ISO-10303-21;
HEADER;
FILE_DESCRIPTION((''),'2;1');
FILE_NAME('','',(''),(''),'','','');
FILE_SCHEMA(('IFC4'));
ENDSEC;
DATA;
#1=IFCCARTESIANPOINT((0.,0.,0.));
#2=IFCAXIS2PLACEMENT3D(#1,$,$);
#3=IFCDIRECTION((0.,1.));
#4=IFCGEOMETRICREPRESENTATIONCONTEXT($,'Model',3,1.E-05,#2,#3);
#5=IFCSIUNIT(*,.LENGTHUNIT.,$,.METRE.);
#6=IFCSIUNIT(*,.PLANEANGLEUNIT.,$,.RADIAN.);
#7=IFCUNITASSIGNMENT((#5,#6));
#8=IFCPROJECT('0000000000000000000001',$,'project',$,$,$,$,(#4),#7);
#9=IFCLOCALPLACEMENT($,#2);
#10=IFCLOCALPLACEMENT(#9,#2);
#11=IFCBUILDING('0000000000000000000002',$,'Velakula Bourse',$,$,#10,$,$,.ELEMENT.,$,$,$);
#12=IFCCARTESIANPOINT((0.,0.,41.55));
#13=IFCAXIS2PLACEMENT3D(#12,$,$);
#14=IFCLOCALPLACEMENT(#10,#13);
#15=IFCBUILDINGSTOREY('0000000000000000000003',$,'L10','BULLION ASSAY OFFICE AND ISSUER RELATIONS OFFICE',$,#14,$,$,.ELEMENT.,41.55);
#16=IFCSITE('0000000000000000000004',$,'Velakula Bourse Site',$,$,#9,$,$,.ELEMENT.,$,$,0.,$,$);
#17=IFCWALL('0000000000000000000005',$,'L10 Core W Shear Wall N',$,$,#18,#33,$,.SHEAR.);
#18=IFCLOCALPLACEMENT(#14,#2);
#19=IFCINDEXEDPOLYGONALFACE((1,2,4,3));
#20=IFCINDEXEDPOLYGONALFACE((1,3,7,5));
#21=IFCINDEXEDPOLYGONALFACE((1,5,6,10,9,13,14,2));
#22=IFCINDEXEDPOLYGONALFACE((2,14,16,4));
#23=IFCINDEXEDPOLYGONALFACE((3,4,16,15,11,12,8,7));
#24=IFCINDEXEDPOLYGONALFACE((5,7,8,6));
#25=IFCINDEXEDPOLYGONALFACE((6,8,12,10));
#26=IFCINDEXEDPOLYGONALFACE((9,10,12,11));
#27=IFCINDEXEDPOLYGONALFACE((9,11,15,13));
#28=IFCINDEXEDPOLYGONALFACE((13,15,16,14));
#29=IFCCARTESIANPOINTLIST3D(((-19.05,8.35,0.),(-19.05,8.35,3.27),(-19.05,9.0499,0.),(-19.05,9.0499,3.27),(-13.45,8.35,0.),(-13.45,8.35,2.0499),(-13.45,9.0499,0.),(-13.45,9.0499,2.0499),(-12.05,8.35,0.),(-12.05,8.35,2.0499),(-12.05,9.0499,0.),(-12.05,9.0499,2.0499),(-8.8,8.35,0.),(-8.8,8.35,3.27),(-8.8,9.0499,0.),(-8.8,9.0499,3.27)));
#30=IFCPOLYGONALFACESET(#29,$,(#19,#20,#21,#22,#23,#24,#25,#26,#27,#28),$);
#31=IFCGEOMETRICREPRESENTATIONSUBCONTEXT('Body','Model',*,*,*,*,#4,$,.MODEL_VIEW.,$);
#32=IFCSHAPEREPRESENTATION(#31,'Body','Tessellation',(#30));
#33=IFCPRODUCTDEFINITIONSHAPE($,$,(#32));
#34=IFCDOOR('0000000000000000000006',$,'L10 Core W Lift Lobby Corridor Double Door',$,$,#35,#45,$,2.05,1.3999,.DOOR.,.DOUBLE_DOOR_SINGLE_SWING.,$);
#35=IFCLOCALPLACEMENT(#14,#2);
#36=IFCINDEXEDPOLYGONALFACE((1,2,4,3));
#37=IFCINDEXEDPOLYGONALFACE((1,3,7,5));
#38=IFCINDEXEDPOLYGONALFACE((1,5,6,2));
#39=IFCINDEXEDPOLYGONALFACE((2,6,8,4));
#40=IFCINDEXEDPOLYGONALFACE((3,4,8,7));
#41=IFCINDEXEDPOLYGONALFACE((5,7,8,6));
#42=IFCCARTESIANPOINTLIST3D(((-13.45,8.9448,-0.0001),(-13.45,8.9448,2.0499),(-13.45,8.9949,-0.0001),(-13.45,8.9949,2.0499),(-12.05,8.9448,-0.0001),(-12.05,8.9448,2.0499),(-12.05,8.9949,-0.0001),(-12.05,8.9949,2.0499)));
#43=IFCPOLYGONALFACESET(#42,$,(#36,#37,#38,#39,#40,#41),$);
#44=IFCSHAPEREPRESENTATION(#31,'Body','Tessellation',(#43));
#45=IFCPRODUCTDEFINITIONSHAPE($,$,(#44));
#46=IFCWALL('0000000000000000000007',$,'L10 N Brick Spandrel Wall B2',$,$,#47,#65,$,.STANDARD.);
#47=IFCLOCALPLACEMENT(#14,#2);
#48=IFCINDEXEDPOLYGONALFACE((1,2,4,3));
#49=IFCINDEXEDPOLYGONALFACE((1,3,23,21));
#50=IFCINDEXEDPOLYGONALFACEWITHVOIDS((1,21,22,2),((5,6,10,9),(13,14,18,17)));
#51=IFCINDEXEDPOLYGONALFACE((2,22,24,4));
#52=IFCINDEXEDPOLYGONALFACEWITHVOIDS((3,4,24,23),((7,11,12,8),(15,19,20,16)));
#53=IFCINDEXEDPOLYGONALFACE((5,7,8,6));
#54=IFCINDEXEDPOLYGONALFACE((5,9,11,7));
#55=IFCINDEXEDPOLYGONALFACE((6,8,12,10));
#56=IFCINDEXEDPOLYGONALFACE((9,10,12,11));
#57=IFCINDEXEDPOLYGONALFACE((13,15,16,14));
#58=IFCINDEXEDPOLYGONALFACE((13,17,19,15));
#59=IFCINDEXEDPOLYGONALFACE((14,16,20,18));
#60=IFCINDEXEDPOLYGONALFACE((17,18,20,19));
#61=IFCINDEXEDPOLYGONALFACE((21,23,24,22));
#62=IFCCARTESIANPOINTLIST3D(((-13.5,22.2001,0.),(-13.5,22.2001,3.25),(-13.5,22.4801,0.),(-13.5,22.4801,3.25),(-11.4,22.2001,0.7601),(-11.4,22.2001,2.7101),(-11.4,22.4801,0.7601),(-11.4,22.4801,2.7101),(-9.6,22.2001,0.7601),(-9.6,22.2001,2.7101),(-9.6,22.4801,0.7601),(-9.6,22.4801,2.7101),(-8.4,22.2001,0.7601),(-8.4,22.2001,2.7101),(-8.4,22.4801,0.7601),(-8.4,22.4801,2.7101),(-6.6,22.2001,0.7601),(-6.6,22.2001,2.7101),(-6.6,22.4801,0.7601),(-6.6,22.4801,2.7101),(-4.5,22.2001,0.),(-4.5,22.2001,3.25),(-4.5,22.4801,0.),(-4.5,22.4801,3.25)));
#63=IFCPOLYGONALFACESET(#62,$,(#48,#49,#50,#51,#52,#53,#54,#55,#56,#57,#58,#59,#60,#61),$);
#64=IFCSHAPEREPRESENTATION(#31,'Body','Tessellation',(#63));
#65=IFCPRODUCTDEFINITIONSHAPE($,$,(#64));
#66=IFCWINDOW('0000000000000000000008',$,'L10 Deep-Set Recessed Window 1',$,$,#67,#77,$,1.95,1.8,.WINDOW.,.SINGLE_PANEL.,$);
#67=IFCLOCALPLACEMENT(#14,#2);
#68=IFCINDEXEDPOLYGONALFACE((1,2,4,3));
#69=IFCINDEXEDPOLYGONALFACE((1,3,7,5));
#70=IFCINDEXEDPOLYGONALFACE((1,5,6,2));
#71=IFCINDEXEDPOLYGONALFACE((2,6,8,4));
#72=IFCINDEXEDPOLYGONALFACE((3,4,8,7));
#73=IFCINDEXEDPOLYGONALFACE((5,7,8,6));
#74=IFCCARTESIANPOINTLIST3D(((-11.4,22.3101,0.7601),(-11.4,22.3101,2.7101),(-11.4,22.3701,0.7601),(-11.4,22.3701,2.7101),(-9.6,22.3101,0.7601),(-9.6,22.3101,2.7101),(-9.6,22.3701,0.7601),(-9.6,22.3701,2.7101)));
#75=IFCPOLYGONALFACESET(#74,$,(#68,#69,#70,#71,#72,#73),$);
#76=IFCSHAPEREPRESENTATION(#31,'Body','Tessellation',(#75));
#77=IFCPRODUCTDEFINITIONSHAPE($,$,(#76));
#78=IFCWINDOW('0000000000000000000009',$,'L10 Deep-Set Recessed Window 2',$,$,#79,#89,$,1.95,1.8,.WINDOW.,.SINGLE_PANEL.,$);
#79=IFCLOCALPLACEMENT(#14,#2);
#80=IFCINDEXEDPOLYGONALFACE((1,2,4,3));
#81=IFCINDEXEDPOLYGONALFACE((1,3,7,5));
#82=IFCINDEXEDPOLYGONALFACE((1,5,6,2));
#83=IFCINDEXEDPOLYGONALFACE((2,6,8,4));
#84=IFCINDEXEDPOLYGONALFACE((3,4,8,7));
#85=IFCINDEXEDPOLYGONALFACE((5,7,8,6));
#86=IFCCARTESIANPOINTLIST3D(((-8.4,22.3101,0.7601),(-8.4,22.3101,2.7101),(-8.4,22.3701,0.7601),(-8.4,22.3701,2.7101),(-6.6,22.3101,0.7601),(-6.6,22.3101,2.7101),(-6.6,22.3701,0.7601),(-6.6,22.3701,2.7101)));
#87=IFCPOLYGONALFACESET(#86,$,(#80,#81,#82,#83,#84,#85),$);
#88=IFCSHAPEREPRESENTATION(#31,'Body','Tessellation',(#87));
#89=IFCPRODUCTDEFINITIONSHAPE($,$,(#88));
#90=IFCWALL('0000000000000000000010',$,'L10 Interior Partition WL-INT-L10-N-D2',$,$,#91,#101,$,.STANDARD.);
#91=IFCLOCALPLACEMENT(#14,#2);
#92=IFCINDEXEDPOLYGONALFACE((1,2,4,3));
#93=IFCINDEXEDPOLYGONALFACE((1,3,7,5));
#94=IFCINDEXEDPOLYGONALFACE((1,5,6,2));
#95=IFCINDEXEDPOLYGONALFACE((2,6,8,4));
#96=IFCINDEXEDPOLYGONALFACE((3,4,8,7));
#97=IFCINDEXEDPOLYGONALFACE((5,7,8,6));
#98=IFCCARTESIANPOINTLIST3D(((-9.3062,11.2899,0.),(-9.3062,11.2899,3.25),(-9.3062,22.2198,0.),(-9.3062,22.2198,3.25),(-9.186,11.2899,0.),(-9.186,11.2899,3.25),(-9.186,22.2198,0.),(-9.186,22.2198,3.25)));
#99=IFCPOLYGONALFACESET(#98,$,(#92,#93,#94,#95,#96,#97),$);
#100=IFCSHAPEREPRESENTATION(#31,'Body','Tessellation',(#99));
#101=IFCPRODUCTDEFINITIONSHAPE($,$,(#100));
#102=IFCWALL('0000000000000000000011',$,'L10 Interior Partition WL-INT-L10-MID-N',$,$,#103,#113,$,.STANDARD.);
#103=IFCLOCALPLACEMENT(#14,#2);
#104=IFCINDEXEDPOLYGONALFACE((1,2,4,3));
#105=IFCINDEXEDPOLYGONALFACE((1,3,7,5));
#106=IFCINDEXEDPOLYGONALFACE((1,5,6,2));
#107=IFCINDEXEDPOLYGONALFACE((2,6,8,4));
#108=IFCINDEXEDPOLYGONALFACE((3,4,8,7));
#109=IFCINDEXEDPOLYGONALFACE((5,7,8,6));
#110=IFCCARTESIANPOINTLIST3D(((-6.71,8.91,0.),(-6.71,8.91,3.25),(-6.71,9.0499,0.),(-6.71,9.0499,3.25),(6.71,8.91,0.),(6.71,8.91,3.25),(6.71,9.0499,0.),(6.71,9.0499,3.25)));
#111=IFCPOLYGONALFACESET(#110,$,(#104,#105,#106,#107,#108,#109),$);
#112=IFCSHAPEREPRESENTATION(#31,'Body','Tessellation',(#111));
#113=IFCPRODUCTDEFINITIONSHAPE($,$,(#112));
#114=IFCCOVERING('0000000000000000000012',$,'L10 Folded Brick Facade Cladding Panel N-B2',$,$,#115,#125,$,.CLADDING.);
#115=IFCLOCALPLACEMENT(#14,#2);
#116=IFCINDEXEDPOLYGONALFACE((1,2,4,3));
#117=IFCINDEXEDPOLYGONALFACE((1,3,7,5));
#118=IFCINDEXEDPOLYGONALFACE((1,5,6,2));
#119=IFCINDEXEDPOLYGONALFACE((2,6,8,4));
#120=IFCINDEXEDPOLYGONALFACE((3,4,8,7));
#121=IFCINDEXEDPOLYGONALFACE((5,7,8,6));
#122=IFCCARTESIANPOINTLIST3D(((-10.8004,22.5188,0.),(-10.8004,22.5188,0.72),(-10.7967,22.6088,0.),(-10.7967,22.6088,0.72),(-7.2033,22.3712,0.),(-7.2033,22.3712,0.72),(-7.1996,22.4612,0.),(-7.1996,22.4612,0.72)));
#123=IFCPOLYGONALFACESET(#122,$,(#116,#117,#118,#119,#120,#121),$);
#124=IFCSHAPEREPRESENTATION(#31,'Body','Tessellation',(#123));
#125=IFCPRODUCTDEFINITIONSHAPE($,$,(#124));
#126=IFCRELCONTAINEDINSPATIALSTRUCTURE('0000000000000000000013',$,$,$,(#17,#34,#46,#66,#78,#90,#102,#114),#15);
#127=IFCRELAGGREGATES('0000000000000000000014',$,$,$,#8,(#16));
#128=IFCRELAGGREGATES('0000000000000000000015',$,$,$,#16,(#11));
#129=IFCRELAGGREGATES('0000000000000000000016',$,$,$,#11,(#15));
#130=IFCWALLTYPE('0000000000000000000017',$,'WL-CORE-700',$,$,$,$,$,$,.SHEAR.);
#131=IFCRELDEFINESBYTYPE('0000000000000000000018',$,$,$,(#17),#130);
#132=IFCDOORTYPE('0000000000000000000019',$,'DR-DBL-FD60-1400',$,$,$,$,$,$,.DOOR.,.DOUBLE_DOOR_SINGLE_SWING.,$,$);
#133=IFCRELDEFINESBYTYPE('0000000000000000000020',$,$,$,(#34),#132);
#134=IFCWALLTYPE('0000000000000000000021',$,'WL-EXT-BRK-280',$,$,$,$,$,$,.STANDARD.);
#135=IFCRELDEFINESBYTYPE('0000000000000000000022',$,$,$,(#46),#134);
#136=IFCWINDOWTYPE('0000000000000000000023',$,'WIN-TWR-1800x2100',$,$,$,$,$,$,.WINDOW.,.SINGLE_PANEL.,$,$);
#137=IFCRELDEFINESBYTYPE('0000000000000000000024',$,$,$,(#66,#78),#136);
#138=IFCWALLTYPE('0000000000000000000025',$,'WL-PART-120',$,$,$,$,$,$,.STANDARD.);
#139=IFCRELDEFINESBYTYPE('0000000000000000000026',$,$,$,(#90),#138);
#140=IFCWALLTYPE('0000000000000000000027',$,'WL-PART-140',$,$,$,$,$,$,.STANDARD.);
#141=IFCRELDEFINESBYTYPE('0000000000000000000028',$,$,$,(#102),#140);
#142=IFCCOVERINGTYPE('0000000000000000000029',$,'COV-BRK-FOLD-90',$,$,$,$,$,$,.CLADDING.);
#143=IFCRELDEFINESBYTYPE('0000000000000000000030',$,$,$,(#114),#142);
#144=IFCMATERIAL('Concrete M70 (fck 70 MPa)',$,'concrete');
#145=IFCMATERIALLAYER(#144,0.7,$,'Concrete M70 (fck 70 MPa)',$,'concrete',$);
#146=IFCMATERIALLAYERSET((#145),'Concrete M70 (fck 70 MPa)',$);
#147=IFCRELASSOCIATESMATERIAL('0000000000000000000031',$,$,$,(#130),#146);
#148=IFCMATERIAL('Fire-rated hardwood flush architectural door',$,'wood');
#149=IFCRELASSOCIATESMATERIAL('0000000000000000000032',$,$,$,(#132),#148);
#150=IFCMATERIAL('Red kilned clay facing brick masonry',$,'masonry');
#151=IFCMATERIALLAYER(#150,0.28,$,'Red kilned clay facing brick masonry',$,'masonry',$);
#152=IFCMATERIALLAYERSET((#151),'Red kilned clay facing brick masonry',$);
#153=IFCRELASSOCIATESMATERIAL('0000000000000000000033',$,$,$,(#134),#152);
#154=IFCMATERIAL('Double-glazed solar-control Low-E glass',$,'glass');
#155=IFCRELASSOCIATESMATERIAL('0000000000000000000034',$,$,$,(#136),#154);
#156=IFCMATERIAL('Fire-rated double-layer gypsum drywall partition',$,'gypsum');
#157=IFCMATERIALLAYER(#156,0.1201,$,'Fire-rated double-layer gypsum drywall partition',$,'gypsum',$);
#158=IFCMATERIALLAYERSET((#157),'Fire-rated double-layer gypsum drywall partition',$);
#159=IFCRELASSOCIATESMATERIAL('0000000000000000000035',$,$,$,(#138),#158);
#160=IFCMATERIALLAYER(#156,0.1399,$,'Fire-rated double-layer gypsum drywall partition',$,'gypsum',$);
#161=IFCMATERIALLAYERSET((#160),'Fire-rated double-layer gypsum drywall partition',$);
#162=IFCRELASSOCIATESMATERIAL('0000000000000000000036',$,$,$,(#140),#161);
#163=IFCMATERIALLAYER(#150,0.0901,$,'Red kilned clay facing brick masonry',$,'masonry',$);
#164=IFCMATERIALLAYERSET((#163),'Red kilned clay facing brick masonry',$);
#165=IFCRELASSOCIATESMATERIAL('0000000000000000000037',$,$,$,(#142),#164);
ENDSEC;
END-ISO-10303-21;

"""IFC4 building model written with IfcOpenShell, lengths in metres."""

from ifc_helpers import new_model, si_unit, direction, frame, frame_2d, origin, origin_2d, place, context, subcontext, project, spatial, rectangle, extrude, material, layer, layer_set, type_object, element, fill, save


model = new_model("IFC4")

# Units and contexts
model_context = context("Model", 3, precision=1e-05, world=origin(), true_north=direction((0.0, 1.0)))
body_context = subcontext(model_context, "Body", "Model", "MODEL_VIEW")
ifc_project = project(units=[si_unit("LENGTHUNIT", "METRE"), si_unit("PLANEANGLEUNIT", "RADIAN")], contexts=[model_context])

# Site, building, storey
site_placement = place(None, origin())
site = spatial("IfcSite", under=ifc_project, at=site_placement, Name="Velakula Bourse Site", CompositionType="ELEMENT", RefElevation=0.0)
building_placement = place(site_placement, origin())
building = spatial("IfcBuilding", under=site, at=building_placement, Name="Velakula Bourse", CompositionType="ELEMENT")
storey_placement = place(building_placement, frame((0.0, 0.0, 41.55)))
storey = spatial("IfcBuildingStorey", under=building, at=storey_placement, Name="L10", Description="BULLION ASSAY OFFICE AND ISSUER RELATIONS OFFICE", CompositionType="ELEMENT", Elevation=41.55)

# Wall, opening, door
ifc_material_1 = material(Name="Concrete M70 (fck 70 MPa)", Category="concrete")
ifc_layer_1 = layer(ifc_material_1, 0.7, Name="Concrete M70 (fck 70 MPa)", Category="concrete")
ifc_layer_set_1 = layer_set([ifc_layer_1], Name="Concrete M70 (fck 70 MPa)")
wall_type_1 = type_object("IfcWallType", Name="WL-CORE-700", PredefinedType="SHEAR", material=ifc_layer_set_1)
wall_1_placement = place(storey_placement, frame((-19.05, 8.7, 0.0), z_axis=(0.0, 0.0, 1.0), x_axis=(1.0, 0.0, 0.0)))
wall_1 = element("IfcWall", 1, at=wall_1_placement, inside=storey, type_object=wall_type_1, Name="L10 Core W Shear Wall N", PredefinedType="SHEAR", context=body_context, shape_type="SweptSolid", body=[
    extrude(rectangle(XDim=10.25, YDim=0.7, at=frame_2d((5.125, 0.0))), origin(), (0.0, 0.0, 1.0), 3.27),
])
opening_1_placement = place(wall_1_placement, frame((5.6001, 0.0, 0.0)))
opening_1 = element("IfcOpeningElement", 2, at=opening_1_placement, cuts=wall_1, PredefinedType="OPENING", context=body_context, shape_type="SweptSolid", body=[
    extrude(rectangle(XDim=1.3999, YDim=2.05, at=frame_2d((0.7, 1.0249))), frame((0.0, 0.3599, 0.0), z_axis=(0.0, -1.0, 0.0), x_axis=(1.0, 0.0, 0.0)), (0.0, 0.0, 1.0), 0.72),
])
ifc_material_2 = material(Name="Fire-rated hardwood flush architectural door", Category="wood")
door_type = type_object("IfcDoorType", Name="DR-DBL-FD60-1400", OperationType="DOUBLE_DOOR_SINGLE_SWING", PredefinedType="DOOR", material=ifc_material_2)
door_placement = place(opening_1_placement, origin())
door = element("IfcDoor", 3, at=door_placement, inside=storey, type_object=door_type, Name="L10 Core W Lift Lobby Corridor Double Door", OperationType="DOUBLE_DOOR_SINGLE_SWING", OverallHeight=2.05, OverallWidth=1.3999, PredefinedType="DOOR", context=body_context, shape_type="SweptSolid", body=[
    extrude(rectangle(XDim=1.3999, YDim=2.05, at=frame_2d((0.7, 1.0249))), frame((0.0, 0.2949, 0.0), z_axis=(0.0, -1.0, 0.0), x_axis=(1.0, 0.0, 0.0)), (0.0, 0.0, 1.0), 0.05),
])
fill(opening_1, door)

# Wall, openings, windows
ifc_material_3 = material(Name="Red kilned clay facing brick masonry", Category="masonry")
ifc_layer_2 = layer(ifc_material_3, 0.28, Name="Red kilned clay facing brick masonry", Category="masonry")
ifc_layer_set_2 = layer_set([ifc_layer_2], Name="Red kilned clay facing brick masonry")
wall_type_2 = type_object("IfcWallType", Name="WL-EXT-BRK-280", PredefinedType="STANDARD", material=ifc_layer_set_2)
wall_2_placement = place(storey_placement, frame((-13.5, 22.3401, 0.0), z_axis=(0.0, 0.0, 1.0), x_axis=(1.0, 0.0, 0.0)))
wall_2 = element("IfcWall", 4, at=wall_2_placement, inside=storey, type_object=wall_type_2, Name="L10 N Brick Spandrel Wall B2", PredefinedType="STANDARD", context=body_context, shape_type="SweptSolid", body=[
    extrude(rectangle(XDim=9.0, YDim=0.28, at=frame_2d((4.5, 0.0))), origin(), (0.0, 0.0, 1.0), 3.25),
])
opening_2_placement = place(wall_2_placement, frame((2.1001, 0.0, 0.76)))
opening_2 = element("IfcOpeningElement", 5, at=opening_2_placement, cuts=wall_2, PredefinedType="OPENING", context=body_context, shape_type="SweptSolid", body=[
    extrude(rectangle(XDim=1.8, YDim=1.95, at=frame_2d((0.8999, 0.9751))), frame((0.0, 0.1499, 0.0), z_axis=(0.0, -1.0, 0.0), x_axis=(1.0, 0.0, 0.0)), (0.0, 0.0, 1.0), 0.3),
])
opening_3_placement = place(wall_2_placement, frame((5.1001, 0.0, 0.76)))
opening_3 = element("IfcOpeningElement", 6, at=opening_3_placement, cuts=wall_2, PredefinedType="OPENING", context=body_context, shape_type="SweptSolid", body=[
    extrude(rectangle(XDim=1.8, YDim=1.95, at=frame_2d((0.8999, 0.9751))), frame((0.0, 0.1499, 0.0), z_axis=(0.0, -1.0, 0.0), x_axis=(1.0, 0.0, 0.0)), (0.0, 0.0, 1.0), 0.3),
])
ifc_material_4 = material(Name="Double-glazed solar-control Low-E glass", Category="glass")
window_type = type_object("IfcWindowType", Name="WIN-TWR-1800x2100", PartitioningType="SINGLE_PANEL", PredefinedType="WINDOW", material=ifc_material_4)
window_1_placement = place(opening_2_placement, origin())
window_1 = element("IfcWindow", 7, at=window_1_placement, inside=storey, type_object=window_type, Name="L10 Deep-Set Recessed Window 1", OverallHeight=1.95, OverallWidth=1.8, PartitioningType="SINGLE_PANEL", PredefinedType="WINDOW", context=body_context, shape_type="SweptSolid", body=[
    extrude(rectangle(XDim=1.8, YDim=1.95, at=frame_2d((0.8999, 0.9751))), frame((0.0, 0.03, 0.0), z_axis=(0.0, -1.0, 0.0), x_axis=(1.0, 0.0, 0.0)), (0.0, 0.0, 1.0), 0.0601),
])
fill(opening_2, window_1)
window_2_placement = place(opening_3_placement, origin())
window_2 = element("IfcWindow", 8, at=window_2_placement, inside=storey, type_object=window_type, Name="L10 Deep-Set Recessed Window 2", OverallHeight=1.95, OverallWidth=1.8, PartitioningType="SINGLE_PANEL", PredefinedType="WINDOW", context=body_context, shape_type="SweptSolid", body=[
    extrude(rectangle(XDim=1.8, YDim=1.95, at=frame_2d((0.8999, 0.9751))), frame((0.0, 0.03, 0.0), z_axis=(0.0, -1.0, 0.0), x_axis=(1.0, 0.0, 0.0)), (0.0, 0.0, 1.0), 0.0601),
])
fill(opening_3, window_2)

# Walls
ifc_material_5 = material(Name="Fire-rated double-layer gypsum drywall partition", Category="gypsum")
ifc_layer_3 = layer(ifc_material_5, 0.1201, Name="Fire-rated double-layer gypsum drywall partition", Category="gypsum")
ifc_layer_set_3 = layer_set([ifc_layer_3], Name="Fire-rated double-layer gypsum drywall partition")
wall_type_3 = type_object("IfcWallType", Name="WL-PART-120", PredefinedType="STANDARD", material=ifc_layer_set_3)
wall_3_placement = place(storey_placement, frame((-9.2461, 11.29, 0.0), z_axis=(0.0, 0.0, 1.0), x_axis=(0.0, 1.0, 0.0)))
element("IfcWall", 9, at=wall_3_placement, inside=storey, type_object=wall_type_3, Name="L10 Interior Partition WL-INT-L10-N-D2", PredefinedType="STANDARD", context=body_context, shape_type="SweptSolid", body=[
    extrude(rectangle(XDim=10.9299, YDim=0.1201, at=frame_2d((5.4648, 0.0))), origin(), (0.0, 0.0, 1.0), 3.25),
])
ifc_layer_4 = layer(ifc_material_5, 0.1399, Name="Fire-rated double-layer gypsum drywall partition", Category="gypsum")
ifc_layer_set_4 = layer_set([ifc_layer_4], Name="Fire-rated double-layer gypsum drywall partition")
wall_type_4 = type_object("IfcWallType", Name="WL-PART-140", PredefinedType="STANDARD", material=ifc_layer_set_4)
wall_4_placement = place(storey_placement, frame((-6.71, 8.98, 0.0), z_axis=(0.0, 0.0, 1.0), x_axis=(1.0, 0.0, 0.0)))
element("IfcWall", 10, at=wall_4_placement, inside=storey, type_object=wall_type_4, Name="L10 Interior Partition WL-INT-L10-MID-N", PredefinedType="STANDARD", context=body_context, shape_type="SweptSolid", body=[
    extrude(rectangle(XDim=13.4199, YDim=0.1399, at=frame_2d((6.71, 0.0))), origin(), (0.0, 0.0, 1.0), 3.25),
])

# Covering
ifc_layer_5 = layer(ifc_material_3, 0.0901, Name="Red kilned clay facing brick masonry", Category="masonry")
ifc_layer_set_5 = layer_set([ifc_layer_5], Name="Red kilned clay facing brick masonry")
covering_type = type_object("IfcCoveringType", Name="COV-BRK-FOLD-90", PredefinedType="CLADDING", material=ifc_layer_set_5)
covering_placement = place(storey_placement, frame((-9.0, 22.49, 0.0), z_axis=(0.0, 0.0, 1.0), x_axis=(0.999159, -0.041004, 0.0)))
element("IfcCovering", 11, at=covering_placement, inside=storey, type_object=covering_type, Name="L10 Folded Brick Facade Cladding Panel N-B2", PredefinedType="CLADDING", context=body_context, shape_type="SweptSolid", body=[
    extrude(rectangle(XDim=3.6001, YDim=0.0901, at=origin_2d()), origin(), (0.0, 0.0, 1.0), 0.72),
])

save(model, "model.ifc")
